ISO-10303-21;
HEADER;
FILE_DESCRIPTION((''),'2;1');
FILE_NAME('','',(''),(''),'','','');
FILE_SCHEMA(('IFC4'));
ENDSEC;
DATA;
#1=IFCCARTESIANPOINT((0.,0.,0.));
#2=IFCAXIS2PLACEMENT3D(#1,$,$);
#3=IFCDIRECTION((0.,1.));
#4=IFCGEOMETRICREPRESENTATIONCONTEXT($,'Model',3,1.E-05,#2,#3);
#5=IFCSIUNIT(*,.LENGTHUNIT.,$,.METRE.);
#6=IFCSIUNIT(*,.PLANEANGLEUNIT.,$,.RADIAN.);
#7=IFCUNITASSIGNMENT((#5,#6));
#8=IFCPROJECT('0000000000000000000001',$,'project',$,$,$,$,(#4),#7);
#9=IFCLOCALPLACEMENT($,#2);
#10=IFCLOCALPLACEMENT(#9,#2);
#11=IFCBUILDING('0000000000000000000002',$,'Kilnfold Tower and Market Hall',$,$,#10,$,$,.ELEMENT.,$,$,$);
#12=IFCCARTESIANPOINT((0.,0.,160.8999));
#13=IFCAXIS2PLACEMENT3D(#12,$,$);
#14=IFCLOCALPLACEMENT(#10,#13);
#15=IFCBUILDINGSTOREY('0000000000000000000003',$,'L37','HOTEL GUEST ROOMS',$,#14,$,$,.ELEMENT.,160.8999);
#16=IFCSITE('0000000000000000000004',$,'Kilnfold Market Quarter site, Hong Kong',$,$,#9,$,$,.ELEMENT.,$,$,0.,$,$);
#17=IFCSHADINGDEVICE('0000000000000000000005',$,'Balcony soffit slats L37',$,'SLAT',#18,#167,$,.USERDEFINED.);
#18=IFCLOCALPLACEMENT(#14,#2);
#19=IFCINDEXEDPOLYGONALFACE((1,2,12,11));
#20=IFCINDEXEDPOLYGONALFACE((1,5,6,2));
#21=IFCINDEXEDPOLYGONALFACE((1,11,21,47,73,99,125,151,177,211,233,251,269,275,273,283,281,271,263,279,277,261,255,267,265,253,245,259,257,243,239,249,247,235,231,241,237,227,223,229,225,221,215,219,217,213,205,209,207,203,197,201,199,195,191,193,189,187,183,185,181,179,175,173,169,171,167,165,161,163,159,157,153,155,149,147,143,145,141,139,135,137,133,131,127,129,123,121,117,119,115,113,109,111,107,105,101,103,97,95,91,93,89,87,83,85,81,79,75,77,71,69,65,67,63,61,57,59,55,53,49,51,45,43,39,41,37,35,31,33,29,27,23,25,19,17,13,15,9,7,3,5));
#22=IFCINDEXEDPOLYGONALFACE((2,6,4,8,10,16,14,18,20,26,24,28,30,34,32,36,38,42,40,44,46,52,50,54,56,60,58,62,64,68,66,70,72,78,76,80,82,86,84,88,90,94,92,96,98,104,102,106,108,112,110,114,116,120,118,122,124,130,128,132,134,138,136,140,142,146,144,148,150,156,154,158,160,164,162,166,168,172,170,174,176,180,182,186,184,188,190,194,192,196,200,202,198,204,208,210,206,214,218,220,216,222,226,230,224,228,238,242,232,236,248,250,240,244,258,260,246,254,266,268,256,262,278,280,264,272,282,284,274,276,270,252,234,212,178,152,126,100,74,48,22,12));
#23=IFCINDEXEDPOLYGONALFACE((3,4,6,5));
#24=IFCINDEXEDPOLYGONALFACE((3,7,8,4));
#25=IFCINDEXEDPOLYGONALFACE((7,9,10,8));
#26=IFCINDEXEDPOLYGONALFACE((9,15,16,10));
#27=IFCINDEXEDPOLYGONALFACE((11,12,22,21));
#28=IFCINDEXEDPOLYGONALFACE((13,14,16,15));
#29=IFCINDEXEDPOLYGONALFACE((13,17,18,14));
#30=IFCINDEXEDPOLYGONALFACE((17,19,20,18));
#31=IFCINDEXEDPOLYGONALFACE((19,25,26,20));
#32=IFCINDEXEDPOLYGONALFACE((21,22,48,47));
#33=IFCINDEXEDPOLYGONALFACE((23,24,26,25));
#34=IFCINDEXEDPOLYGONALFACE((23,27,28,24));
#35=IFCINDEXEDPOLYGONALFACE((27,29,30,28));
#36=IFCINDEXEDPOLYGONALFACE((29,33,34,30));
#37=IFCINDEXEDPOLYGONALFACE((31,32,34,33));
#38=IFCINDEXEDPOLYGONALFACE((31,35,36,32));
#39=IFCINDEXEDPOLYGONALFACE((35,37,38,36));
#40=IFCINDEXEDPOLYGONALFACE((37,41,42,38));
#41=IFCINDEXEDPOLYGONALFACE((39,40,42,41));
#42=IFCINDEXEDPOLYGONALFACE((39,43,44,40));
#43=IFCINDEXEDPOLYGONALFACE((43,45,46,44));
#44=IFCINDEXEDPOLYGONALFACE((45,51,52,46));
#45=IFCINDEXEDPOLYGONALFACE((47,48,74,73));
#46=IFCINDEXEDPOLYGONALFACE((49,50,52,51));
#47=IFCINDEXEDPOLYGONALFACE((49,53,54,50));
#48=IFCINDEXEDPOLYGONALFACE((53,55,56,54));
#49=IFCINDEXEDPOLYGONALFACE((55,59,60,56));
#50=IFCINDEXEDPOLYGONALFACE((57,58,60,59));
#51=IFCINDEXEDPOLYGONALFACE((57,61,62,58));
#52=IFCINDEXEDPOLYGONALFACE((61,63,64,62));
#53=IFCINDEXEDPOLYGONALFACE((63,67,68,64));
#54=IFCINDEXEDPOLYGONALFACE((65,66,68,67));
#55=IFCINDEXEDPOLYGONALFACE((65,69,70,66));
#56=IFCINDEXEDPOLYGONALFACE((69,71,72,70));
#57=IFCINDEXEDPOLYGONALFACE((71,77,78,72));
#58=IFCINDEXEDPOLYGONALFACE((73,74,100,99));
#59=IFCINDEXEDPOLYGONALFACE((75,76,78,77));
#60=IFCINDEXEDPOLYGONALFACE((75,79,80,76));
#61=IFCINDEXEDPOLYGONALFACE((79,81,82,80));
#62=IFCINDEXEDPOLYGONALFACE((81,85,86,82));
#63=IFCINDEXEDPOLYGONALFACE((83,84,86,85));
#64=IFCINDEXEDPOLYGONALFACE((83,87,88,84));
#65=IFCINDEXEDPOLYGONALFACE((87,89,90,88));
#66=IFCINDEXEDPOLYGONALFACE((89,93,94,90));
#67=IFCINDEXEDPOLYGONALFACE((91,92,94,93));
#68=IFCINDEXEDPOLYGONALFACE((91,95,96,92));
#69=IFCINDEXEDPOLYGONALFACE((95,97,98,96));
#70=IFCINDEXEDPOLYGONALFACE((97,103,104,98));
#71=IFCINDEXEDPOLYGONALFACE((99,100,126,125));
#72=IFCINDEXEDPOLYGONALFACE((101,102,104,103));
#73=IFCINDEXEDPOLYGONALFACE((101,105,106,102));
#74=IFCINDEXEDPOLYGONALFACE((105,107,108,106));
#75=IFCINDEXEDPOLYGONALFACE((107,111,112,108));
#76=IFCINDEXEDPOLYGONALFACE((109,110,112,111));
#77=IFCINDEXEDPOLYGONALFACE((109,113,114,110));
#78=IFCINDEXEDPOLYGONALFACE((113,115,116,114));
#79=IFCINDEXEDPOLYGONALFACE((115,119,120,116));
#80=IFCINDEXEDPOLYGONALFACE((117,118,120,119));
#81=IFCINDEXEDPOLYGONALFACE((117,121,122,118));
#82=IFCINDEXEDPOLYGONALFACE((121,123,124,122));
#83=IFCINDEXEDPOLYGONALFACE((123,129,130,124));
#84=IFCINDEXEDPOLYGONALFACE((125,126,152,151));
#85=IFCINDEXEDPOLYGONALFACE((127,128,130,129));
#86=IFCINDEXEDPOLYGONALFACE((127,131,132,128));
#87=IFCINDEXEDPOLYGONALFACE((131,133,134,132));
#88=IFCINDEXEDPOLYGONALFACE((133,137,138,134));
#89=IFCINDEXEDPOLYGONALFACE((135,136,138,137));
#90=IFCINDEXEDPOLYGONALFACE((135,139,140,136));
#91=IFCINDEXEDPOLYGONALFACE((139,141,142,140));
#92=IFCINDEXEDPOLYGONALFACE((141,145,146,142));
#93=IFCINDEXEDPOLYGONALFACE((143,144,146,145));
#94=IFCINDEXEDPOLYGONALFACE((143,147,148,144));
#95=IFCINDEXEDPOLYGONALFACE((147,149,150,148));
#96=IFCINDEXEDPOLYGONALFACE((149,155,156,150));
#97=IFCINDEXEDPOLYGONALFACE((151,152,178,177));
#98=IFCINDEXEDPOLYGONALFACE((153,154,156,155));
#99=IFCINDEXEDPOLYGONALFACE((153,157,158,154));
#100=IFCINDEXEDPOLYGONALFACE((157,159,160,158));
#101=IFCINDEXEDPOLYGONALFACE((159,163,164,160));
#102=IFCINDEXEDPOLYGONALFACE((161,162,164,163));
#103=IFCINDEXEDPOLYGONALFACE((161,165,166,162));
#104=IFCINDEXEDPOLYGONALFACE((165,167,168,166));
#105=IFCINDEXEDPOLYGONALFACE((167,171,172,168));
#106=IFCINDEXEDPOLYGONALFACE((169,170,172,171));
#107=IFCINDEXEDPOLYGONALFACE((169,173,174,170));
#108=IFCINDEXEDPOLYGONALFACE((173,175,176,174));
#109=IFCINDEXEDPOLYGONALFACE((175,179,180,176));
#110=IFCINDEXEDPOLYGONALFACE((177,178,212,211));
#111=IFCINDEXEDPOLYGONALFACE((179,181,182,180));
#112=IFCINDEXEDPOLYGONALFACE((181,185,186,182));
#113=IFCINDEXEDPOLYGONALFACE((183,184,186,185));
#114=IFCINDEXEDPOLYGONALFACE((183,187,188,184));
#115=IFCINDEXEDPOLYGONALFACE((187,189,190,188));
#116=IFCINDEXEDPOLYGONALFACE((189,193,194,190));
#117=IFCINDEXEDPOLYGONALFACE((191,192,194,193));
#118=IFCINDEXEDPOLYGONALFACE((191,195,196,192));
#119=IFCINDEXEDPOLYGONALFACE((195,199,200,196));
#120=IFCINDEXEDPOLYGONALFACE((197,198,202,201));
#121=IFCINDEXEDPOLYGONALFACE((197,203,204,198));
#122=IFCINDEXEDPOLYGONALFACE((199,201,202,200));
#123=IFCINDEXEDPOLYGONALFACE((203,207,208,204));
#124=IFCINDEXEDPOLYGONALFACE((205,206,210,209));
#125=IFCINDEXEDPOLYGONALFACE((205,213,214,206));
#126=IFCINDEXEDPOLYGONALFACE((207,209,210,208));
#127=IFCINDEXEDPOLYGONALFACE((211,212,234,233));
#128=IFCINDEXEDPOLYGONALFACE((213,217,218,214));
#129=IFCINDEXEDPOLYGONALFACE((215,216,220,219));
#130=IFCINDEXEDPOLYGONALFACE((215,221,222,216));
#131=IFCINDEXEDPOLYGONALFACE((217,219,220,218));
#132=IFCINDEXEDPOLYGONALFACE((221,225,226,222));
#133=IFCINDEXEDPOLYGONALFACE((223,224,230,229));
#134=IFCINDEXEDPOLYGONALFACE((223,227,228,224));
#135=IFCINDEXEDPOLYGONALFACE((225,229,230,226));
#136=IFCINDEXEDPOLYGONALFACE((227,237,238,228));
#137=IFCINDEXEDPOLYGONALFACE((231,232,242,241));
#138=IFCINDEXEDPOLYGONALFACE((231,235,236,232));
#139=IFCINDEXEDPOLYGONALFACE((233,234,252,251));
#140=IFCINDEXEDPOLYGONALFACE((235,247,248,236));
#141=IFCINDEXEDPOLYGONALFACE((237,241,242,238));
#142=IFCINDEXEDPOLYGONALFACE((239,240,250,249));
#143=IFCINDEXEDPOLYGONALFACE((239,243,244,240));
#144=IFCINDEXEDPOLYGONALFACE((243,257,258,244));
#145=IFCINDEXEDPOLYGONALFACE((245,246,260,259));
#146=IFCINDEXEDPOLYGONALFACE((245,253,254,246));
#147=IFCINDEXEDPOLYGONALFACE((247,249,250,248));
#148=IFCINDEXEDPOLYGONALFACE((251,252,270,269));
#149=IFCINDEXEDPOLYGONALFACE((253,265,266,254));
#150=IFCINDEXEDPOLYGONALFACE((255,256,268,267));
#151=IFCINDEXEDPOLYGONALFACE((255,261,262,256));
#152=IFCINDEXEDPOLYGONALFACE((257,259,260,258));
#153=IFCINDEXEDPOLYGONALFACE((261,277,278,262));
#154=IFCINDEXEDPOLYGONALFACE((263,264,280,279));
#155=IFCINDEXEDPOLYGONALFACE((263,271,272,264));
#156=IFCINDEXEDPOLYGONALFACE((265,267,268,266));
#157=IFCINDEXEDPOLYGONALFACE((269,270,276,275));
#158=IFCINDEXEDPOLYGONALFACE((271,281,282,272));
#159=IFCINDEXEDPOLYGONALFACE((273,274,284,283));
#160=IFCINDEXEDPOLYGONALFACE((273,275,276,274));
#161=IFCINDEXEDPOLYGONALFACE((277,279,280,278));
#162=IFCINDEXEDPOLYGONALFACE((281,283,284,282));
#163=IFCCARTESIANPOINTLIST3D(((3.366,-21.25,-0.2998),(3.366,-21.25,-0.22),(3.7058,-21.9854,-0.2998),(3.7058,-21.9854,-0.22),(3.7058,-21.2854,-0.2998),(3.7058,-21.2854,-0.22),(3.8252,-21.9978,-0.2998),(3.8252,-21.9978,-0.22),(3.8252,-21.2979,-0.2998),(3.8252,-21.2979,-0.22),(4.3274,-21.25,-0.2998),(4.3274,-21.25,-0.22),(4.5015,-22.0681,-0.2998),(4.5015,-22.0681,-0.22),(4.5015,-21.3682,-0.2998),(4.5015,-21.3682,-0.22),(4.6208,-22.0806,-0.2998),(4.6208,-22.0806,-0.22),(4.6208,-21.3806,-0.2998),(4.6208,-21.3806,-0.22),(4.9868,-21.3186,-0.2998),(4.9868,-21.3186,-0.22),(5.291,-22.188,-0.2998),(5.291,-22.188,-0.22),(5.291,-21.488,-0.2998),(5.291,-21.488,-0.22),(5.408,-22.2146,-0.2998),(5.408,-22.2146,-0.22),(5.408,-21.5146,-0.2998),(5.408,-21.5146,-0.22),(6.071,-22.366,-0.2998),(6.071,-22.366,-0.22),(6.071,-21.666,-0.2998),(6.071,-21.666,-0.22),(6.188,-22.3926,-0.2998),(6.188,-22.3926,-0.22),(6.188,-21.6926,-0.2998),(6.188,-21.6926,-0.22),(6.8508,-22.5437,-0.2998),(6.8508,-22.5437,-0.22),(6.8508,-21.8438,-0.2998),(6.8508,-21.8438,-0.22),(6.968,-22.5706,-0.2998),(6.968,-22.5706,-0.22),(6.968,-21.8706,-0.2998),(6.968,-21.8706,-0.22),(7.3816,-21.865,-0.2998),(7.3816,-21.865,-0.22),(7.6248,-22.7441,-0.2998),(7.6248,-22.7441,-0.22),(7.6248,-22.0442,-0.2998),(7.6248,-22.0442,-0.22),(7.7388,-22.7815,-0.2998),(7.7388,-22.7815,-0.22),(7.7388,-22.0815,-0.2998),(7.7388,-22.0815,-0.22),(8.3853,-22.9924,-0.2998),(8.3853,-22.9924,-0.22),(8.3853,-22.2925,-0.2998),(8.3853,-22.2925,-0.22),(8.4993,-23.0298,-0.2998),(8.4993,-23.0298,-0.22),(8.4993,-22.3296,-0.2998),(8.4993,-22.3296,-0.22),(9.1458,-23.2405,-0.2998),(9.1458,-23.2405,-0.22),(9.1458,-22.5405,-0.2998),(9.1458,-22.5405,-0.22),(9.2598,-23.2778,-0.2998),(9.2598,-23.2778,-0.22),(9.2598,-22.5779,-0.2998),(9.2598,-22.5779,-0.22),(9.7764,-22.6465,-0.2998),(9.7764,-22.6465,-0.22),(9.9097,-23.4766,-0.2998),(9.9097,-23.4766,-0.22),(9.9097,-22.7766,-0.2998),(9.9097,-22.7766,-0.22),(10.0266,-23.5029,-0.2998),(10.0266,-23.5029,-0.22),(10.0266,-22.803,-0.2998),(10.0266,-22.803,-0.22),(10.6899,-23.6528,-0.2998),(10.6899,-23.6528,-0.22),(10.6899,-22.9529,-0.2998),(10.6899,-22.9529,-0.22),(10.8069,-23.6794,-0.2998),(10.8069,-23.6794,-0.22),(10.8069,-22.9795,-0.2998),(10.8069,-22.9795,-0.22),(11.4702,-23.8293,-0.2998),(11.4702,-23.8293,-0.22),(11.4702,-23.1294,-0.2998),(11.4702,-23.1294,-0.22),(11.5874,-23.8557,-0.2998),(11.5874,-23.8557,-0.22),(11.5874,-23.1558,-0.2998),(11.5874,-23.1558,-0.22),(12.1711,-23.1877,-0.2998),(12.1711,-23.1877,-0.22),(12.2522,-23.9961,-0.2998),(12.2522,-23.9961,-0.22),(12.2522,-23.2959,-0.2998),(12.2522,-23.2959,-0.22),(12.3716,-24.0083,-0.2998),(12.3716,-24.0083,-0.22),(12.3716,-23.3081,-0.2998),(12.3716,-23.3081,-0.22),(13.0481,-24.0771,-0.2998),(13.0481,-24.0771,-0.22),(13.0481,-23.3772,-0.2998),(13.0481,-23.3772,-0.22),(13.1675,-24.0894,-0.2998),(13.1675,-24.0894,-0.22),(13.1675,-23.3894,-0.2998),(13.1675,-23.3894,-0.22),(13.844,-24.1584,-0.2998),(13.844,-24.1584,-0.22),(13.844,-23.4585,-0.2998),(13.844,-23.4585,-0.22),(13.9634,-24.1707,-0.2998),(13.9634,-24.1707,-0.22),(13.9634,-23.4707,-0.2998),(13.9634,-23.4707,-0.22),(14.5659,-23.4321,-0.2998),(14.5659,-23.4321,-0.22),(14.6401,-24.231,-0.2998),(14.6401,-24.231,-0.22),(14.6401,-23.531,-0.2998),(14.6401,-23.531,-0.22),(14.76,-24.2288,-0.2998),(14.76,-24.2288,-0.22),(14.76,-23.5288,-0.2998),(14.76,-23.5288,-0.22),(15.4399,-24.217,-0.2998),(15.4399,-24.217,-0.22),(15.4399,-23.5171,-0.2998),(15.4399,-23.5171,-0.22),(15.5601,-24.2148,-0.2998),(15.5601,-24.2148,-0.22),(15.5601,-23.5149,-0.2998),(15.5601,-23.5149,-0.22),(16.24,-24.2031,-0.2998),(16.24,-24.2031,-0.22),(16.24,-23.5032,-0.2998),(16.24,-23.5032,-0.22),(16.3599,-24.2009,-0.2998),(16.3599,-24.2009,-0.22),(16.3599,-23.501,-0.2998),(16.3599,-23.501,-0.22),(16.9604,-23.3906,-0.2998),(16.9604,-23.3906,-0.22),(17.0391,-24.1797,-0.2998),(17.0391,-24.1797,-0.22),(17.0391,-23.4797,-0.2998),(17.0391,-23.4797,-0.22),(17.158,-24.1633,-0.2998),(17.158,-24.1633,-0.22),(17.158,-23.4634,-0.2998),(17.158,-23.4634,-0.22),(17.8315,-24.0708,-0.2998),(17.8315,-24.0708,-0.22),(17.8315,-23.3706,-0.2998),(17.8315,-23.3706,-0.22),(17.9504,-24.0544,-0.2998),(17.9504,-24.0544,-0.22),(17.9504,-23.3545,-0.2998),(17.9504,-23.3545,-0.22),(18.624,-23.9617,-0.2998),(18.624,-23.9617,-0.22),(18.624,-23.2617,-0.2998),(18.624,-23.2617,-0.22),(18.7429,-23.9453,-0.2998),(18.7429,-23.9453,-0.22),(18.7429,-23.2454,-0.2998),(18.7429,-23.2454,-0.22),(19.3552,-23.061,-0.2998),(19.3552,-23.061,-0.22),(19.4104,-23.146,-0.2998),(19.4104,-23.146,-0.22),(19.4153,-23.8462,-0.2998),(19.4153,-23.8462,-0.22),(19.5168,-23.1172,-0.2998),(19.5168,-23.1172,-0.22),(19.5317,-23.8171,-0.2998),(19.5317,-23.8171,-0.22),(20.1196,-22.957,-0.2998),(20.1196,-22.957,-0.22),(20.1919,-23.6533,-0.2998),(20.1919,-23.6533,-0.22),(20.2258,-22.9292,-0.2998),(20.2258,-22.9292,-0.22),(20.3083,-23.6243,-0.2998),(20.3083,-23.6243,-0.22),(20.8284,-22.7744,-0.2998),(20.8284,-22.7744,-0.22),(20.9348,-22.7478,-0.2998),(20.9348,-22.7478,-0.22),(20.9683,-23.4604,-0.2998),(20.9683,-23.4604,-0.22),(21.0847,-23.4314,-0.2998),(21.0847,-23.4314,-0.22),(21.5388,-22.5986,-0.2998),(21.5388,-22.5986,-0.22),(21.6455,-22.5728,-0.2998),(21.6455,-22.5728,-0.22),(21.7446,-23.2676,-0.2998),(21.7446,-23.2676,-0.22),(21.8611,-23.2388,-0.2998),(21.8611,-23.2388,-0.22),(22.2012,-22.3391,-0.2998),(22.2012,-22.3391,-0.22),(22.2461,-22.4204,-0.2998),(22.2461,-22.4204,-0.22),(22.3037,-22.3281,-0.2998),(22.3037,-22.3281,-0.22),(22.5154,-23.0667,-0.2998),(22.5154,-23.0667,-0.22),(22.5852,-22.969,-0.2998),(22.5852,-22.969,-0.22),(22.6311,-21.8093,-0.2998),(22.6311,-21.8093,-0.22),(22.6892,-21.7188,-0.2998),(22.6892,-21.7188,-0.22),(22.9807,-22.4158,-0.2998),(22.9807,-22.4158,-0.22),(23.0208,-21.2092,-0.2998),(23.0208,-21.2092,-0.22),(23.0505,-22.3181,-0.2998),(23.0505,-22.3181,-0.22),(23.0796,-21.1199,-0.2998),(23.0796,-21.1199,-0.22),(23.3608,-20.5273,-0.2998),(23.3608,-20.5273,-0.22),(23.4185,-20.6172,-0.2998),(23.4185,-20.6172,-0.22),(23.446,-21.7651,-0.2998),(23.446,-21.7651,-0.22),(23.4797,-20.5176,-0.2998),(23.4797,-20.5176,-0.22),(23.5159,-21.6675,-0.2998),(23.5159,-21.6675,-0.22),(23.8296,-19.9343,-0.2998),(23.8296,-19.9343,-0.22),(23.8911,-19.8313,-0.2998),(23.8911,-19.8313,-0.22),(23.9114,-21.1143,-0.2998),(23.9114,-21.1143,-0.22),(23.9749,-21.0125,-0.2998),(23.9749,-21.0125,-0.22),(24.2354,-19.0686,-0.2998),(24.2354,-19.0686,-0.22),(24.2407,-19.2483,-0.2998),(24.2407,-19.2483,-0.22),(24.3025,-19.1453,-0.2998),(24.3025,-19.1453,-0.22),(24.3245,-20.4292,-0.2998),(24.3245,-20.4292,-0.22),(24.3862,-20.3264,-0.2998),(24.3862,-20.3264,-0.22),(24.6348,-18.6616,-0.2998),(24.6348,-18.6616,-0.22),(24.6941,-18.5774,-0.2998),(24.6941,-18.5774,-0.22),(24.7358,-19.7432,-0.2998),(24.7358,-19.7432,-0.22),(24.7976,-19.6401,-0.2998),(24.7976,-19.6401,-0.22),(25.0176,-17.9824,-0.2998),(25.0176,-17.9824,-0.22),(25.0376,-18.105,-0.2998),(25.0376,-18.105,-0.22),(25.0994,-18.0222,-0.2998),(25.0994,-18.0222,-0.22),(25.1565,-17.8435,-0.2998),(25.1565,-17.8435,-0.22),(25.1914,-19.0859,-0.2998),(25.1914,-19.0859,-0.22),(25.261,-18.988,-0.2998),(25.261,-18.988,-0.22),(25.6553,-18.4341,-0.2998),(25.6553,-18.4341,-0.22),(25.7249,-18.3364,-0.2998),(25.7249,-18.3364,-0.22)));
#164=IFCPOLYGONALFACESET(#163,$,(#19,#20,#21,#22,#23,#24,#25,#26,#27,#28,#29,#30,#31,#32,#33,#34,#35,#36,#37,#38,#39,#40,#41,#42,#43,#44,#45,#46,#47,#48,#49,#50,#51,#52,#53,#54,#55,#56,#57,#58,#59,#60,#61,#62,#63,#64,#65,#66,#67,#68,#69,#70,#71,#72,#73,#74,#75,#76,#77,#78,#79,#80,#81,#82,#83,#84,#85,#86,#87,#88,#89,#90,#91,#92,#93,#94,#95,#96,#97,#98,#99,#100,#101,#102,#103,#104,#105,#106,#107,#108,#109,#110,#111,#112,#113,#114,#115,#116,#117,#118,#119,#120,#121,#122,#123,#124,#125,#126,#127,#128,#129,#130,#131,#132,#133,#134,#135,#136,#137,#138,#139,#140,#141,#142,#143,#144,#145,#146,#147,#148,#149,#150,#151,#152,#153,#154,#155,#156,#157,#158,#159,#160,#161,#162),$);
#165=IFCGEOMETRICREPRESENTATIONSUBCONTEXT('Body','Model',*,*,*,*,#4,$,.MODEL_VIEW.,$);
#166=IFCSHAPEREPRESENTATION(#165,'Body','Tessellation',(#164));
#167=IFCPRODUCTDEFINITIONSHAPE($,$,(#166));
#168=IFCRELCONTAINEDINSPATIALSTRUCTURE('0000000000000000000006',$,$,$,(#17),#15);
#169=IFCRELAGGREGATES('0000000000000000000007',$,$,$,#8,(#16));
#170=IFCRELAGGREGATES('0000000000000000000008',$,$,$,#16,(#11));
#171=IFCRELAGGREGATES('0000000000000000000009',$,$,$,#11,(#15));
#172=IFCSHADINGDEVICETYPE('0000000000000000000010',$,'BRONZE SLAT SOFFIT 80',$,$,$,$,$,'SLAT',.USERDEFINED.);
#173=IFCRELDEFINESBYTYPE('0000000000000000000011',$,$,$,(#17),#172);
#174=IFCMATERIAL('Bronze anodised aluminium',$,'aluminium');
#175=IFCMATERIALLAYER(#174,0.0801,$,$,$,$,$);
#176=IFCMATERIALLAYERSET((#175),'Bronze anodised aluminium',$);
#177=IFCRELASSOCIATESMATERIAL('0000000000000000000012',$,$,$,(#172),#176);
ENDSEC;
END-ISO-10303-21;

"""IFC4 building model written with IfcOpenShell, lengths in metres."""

from ifc_helpers import new_model, si_unit, direction, frame, origin, place, context, subcontext, project, spatial, polyline, outline, extrude, source, transform, mapped, material, layer, layer_set, type_object, element, save


model = new_model("IFC4")

# Units and contexts
model_context = context("Model", 3, precision=1e-05, world=origin(), true_north=direction((0.0, 1.0)))
body_context = subcontext(model_context, "Body", "Model", "MODEL_VIEW")
ifc_project = project(units=[si_unit("LENGTHUNIT", "METRE"), si_unit("PLANEANGLEUNIT", "RADIAN")], contexts=[model_context])

# Site, building, storey
site_placement = place(None, origin())
site = spatial("IfcSite", under=ifc_project, at=site_placement, Name="Kilnfold Market Quarter site, Hong Kong", CompositionType="ELEMENT", RefElevation=0.0)
building_placement = place(site_placement, origin())
building = spatial("IfcBuilding", under=site, at=building_placement, Name="Kilnfold Tower and Market Hall", CompositionType="ELEMENT")
storey_placement = place(building_placement, frame((0.0, 0.0, 160.8999)))
storey = spatial("IfcBuildingStorey", under=building, at=storey_placement, Name="L37", Description="HOTEL GUEST ROOMS", CompositionType="ELEMENT", Elevation=160.8999)

# Shading device
ifc_material_1 = material(Name="Bronze anodised aluminium", Category="aluminium")
ifc_layer_1 = layer(ifc_material_1, 0.0801)
ifc_layer_set_1 = layer_set([ifc_layer_1], Name="Bronze anodised aluminium")
shading_device_type_1 = type_object("IfcShadingDeviceType", Name="BRONZE SLAT SOFFIT 80", ElementType="SLAT", PredefinedType="USERDEFINED", material=ifc_layer_set_1)
shared_shape_1 = source(origin(), body_context, "Body", "SweptSolid", [
    extrude(outline(polyline([(4.9868, -21.3186), (7.3816, -21.865), (9.7764, -22.6465), (12.1711, -23.1877), (14.5659, -23.4321), (16.9604, -23.3906), (19.3552, -23.061), (22.2012, -22.3391), (23.3608, -20.5273), (24.2354, -19.0686), (25.0176, -17.9824), (25.1565, -17.8435), (25.0994, -18.0222), (25.7249, -18.3364), (25.6553, -18.4341), (25.0376, -18.105), (24.6941, -18.5774), (25.261, -18.988), (25.1914, -19.0859), (24.6348, -18.6616), (24.3025, -19.1453), (24.7976, -19.6401), (24.7358, -19.7432), (24.2407, -19.2483), (23.8911, -19.8313), (24.3862, -20.3264), (24.3245, -20.4292), (23.8296, -19.9343), (23.4797, -20.5176), (23.9749, -21.0125), (23.9114, -21.1143), (23.4185, -20.6172), (23.0796, -21.1199), (23.5159, -21.6675), (23.446, -21.7651), (23.0208, -21.2092), (22.6892, -21.7188), (23.0505, -22.3181), (22.9807, -22.4158), (22.6311, -21.8093), (22.3037, -22.3281), (22.5852, -22.969), (22.5154, -23.0667), (22.2461, -22.4204), (21.6455, -22.5728), (21.8611, -23.2388), (21.7446, -23.2676), (21.5388, -22.5986), (20.9348, -22.7478), (21.0847, -23.4314), (20.9683, -23.4604), (20.8284, -22.7744), (20.2258, -22.9292), (20.3083, -23.6243), (20.1919, -23.6533), (20.1196, -22.957), (19.5168, -23.1172), (19.5317, -23.8171), (19.4153, -23.8462), (19.4104, -23.146), (18.7429, -23.2454), (18.7429, -23.9453), (18.624, -23.9617), (18.624, -23.2617), (17.9504, -23.3545), (17.9504, -24.0544), (17.8315, -24.0708), (17.8315, -23.3706), (17.158, -23.4634), (17.158, -24.1633), (17.0391, -24.1797), (17.0391, -23.4797), (16.3599, -23.501), (16.3599, -24.2009), (16.24, -24.2031), (16.24, -23.5032), (15.5601, -23.5149), (15.5601, -24.2148), (15.4399, -24.217), (15.4399, -23.5171), (14.76, -23.5288), (14.76, -24.2288), (14.6401, -24.231), (14.6401, -23.531), (13.9634, -23.4707), (13.9634, -24.1707), (13.844, -24.1584), (13.844, -23.4585), (13.1675, -23.3894), (13.1675, -24.0894), (13.0481, -24.0771), (13.0481, -23.3772), (12.3716, -23.3081), (12.3716, -24.0083), (12.2522, -23.9961), (12.2522, -23.2959), (11.5874, -23.1558), (11.5874, -23.8557), (11.4702, -23.8293), (11.4702, -23.1294), (10.8069, -22.9795), (10.8069, -23.6794), (10.6899, -23.6528), (10.6899, -22.9529), (10.0266, -22.803), (10.0266, -23.5029), (9.9097, -23.4766), (9.9097, -22.7766), (9.2598, -22.5779), (9.2598, -23.2778), (9.1458, -23.2405), (9.1458, -22.5405), (8.4993, -22.3296), (8.4993, -23.0298), (8.3853, -22.9924), (8.3853, -22.2925), (7.7388, -22.0815), (7.7388, -22.7815), (7.6248, -22.7441), (7.6248, -22.0442), (6.968, -21.8706), (6.968, -22.5706), (6.8508, -22.5437), (6.8508, -21.8438), (6.188, -21.6926), (6.188, -22.3926), (6.071, -22.366), (6.071, -21.666), (5.408, -21.5146), (5.408, -22.2146), (5.291, -22.188), (5.291, -21.488), (4.6208, -21.3806), (4.6208, -22.0806), (4.5015, -22.0681), (4.5015, -21.3682), (3.8252, -21.2979), (3.8252, -21.9978), (3.7058, -21.9854), (3.7058, -21.2854), (3.366, -21.25), (4.3274, -21.25), (4.9868, -21.3186)])), origin(), (0.0, 0.0, 1.0), 0.0798),
])
shading_device_1_placement = place(storey_placement, frame((0.0, 0.0, -0.2998)))
element("IfcShadingDevice", 1, at=shading_device_1_placement, inside=storey, type_object=shading_device_type_1, Name="Balcony soffit slats L37", ObjectType="SLAT", PredefinedType="USERDEFINED", context=body_context, shape_type="MappedRepresentation", body=[
    mapped(shared_shape_1, transform((0.0, 0.0, 0.0))),
])

save(model, "model.ifc")
